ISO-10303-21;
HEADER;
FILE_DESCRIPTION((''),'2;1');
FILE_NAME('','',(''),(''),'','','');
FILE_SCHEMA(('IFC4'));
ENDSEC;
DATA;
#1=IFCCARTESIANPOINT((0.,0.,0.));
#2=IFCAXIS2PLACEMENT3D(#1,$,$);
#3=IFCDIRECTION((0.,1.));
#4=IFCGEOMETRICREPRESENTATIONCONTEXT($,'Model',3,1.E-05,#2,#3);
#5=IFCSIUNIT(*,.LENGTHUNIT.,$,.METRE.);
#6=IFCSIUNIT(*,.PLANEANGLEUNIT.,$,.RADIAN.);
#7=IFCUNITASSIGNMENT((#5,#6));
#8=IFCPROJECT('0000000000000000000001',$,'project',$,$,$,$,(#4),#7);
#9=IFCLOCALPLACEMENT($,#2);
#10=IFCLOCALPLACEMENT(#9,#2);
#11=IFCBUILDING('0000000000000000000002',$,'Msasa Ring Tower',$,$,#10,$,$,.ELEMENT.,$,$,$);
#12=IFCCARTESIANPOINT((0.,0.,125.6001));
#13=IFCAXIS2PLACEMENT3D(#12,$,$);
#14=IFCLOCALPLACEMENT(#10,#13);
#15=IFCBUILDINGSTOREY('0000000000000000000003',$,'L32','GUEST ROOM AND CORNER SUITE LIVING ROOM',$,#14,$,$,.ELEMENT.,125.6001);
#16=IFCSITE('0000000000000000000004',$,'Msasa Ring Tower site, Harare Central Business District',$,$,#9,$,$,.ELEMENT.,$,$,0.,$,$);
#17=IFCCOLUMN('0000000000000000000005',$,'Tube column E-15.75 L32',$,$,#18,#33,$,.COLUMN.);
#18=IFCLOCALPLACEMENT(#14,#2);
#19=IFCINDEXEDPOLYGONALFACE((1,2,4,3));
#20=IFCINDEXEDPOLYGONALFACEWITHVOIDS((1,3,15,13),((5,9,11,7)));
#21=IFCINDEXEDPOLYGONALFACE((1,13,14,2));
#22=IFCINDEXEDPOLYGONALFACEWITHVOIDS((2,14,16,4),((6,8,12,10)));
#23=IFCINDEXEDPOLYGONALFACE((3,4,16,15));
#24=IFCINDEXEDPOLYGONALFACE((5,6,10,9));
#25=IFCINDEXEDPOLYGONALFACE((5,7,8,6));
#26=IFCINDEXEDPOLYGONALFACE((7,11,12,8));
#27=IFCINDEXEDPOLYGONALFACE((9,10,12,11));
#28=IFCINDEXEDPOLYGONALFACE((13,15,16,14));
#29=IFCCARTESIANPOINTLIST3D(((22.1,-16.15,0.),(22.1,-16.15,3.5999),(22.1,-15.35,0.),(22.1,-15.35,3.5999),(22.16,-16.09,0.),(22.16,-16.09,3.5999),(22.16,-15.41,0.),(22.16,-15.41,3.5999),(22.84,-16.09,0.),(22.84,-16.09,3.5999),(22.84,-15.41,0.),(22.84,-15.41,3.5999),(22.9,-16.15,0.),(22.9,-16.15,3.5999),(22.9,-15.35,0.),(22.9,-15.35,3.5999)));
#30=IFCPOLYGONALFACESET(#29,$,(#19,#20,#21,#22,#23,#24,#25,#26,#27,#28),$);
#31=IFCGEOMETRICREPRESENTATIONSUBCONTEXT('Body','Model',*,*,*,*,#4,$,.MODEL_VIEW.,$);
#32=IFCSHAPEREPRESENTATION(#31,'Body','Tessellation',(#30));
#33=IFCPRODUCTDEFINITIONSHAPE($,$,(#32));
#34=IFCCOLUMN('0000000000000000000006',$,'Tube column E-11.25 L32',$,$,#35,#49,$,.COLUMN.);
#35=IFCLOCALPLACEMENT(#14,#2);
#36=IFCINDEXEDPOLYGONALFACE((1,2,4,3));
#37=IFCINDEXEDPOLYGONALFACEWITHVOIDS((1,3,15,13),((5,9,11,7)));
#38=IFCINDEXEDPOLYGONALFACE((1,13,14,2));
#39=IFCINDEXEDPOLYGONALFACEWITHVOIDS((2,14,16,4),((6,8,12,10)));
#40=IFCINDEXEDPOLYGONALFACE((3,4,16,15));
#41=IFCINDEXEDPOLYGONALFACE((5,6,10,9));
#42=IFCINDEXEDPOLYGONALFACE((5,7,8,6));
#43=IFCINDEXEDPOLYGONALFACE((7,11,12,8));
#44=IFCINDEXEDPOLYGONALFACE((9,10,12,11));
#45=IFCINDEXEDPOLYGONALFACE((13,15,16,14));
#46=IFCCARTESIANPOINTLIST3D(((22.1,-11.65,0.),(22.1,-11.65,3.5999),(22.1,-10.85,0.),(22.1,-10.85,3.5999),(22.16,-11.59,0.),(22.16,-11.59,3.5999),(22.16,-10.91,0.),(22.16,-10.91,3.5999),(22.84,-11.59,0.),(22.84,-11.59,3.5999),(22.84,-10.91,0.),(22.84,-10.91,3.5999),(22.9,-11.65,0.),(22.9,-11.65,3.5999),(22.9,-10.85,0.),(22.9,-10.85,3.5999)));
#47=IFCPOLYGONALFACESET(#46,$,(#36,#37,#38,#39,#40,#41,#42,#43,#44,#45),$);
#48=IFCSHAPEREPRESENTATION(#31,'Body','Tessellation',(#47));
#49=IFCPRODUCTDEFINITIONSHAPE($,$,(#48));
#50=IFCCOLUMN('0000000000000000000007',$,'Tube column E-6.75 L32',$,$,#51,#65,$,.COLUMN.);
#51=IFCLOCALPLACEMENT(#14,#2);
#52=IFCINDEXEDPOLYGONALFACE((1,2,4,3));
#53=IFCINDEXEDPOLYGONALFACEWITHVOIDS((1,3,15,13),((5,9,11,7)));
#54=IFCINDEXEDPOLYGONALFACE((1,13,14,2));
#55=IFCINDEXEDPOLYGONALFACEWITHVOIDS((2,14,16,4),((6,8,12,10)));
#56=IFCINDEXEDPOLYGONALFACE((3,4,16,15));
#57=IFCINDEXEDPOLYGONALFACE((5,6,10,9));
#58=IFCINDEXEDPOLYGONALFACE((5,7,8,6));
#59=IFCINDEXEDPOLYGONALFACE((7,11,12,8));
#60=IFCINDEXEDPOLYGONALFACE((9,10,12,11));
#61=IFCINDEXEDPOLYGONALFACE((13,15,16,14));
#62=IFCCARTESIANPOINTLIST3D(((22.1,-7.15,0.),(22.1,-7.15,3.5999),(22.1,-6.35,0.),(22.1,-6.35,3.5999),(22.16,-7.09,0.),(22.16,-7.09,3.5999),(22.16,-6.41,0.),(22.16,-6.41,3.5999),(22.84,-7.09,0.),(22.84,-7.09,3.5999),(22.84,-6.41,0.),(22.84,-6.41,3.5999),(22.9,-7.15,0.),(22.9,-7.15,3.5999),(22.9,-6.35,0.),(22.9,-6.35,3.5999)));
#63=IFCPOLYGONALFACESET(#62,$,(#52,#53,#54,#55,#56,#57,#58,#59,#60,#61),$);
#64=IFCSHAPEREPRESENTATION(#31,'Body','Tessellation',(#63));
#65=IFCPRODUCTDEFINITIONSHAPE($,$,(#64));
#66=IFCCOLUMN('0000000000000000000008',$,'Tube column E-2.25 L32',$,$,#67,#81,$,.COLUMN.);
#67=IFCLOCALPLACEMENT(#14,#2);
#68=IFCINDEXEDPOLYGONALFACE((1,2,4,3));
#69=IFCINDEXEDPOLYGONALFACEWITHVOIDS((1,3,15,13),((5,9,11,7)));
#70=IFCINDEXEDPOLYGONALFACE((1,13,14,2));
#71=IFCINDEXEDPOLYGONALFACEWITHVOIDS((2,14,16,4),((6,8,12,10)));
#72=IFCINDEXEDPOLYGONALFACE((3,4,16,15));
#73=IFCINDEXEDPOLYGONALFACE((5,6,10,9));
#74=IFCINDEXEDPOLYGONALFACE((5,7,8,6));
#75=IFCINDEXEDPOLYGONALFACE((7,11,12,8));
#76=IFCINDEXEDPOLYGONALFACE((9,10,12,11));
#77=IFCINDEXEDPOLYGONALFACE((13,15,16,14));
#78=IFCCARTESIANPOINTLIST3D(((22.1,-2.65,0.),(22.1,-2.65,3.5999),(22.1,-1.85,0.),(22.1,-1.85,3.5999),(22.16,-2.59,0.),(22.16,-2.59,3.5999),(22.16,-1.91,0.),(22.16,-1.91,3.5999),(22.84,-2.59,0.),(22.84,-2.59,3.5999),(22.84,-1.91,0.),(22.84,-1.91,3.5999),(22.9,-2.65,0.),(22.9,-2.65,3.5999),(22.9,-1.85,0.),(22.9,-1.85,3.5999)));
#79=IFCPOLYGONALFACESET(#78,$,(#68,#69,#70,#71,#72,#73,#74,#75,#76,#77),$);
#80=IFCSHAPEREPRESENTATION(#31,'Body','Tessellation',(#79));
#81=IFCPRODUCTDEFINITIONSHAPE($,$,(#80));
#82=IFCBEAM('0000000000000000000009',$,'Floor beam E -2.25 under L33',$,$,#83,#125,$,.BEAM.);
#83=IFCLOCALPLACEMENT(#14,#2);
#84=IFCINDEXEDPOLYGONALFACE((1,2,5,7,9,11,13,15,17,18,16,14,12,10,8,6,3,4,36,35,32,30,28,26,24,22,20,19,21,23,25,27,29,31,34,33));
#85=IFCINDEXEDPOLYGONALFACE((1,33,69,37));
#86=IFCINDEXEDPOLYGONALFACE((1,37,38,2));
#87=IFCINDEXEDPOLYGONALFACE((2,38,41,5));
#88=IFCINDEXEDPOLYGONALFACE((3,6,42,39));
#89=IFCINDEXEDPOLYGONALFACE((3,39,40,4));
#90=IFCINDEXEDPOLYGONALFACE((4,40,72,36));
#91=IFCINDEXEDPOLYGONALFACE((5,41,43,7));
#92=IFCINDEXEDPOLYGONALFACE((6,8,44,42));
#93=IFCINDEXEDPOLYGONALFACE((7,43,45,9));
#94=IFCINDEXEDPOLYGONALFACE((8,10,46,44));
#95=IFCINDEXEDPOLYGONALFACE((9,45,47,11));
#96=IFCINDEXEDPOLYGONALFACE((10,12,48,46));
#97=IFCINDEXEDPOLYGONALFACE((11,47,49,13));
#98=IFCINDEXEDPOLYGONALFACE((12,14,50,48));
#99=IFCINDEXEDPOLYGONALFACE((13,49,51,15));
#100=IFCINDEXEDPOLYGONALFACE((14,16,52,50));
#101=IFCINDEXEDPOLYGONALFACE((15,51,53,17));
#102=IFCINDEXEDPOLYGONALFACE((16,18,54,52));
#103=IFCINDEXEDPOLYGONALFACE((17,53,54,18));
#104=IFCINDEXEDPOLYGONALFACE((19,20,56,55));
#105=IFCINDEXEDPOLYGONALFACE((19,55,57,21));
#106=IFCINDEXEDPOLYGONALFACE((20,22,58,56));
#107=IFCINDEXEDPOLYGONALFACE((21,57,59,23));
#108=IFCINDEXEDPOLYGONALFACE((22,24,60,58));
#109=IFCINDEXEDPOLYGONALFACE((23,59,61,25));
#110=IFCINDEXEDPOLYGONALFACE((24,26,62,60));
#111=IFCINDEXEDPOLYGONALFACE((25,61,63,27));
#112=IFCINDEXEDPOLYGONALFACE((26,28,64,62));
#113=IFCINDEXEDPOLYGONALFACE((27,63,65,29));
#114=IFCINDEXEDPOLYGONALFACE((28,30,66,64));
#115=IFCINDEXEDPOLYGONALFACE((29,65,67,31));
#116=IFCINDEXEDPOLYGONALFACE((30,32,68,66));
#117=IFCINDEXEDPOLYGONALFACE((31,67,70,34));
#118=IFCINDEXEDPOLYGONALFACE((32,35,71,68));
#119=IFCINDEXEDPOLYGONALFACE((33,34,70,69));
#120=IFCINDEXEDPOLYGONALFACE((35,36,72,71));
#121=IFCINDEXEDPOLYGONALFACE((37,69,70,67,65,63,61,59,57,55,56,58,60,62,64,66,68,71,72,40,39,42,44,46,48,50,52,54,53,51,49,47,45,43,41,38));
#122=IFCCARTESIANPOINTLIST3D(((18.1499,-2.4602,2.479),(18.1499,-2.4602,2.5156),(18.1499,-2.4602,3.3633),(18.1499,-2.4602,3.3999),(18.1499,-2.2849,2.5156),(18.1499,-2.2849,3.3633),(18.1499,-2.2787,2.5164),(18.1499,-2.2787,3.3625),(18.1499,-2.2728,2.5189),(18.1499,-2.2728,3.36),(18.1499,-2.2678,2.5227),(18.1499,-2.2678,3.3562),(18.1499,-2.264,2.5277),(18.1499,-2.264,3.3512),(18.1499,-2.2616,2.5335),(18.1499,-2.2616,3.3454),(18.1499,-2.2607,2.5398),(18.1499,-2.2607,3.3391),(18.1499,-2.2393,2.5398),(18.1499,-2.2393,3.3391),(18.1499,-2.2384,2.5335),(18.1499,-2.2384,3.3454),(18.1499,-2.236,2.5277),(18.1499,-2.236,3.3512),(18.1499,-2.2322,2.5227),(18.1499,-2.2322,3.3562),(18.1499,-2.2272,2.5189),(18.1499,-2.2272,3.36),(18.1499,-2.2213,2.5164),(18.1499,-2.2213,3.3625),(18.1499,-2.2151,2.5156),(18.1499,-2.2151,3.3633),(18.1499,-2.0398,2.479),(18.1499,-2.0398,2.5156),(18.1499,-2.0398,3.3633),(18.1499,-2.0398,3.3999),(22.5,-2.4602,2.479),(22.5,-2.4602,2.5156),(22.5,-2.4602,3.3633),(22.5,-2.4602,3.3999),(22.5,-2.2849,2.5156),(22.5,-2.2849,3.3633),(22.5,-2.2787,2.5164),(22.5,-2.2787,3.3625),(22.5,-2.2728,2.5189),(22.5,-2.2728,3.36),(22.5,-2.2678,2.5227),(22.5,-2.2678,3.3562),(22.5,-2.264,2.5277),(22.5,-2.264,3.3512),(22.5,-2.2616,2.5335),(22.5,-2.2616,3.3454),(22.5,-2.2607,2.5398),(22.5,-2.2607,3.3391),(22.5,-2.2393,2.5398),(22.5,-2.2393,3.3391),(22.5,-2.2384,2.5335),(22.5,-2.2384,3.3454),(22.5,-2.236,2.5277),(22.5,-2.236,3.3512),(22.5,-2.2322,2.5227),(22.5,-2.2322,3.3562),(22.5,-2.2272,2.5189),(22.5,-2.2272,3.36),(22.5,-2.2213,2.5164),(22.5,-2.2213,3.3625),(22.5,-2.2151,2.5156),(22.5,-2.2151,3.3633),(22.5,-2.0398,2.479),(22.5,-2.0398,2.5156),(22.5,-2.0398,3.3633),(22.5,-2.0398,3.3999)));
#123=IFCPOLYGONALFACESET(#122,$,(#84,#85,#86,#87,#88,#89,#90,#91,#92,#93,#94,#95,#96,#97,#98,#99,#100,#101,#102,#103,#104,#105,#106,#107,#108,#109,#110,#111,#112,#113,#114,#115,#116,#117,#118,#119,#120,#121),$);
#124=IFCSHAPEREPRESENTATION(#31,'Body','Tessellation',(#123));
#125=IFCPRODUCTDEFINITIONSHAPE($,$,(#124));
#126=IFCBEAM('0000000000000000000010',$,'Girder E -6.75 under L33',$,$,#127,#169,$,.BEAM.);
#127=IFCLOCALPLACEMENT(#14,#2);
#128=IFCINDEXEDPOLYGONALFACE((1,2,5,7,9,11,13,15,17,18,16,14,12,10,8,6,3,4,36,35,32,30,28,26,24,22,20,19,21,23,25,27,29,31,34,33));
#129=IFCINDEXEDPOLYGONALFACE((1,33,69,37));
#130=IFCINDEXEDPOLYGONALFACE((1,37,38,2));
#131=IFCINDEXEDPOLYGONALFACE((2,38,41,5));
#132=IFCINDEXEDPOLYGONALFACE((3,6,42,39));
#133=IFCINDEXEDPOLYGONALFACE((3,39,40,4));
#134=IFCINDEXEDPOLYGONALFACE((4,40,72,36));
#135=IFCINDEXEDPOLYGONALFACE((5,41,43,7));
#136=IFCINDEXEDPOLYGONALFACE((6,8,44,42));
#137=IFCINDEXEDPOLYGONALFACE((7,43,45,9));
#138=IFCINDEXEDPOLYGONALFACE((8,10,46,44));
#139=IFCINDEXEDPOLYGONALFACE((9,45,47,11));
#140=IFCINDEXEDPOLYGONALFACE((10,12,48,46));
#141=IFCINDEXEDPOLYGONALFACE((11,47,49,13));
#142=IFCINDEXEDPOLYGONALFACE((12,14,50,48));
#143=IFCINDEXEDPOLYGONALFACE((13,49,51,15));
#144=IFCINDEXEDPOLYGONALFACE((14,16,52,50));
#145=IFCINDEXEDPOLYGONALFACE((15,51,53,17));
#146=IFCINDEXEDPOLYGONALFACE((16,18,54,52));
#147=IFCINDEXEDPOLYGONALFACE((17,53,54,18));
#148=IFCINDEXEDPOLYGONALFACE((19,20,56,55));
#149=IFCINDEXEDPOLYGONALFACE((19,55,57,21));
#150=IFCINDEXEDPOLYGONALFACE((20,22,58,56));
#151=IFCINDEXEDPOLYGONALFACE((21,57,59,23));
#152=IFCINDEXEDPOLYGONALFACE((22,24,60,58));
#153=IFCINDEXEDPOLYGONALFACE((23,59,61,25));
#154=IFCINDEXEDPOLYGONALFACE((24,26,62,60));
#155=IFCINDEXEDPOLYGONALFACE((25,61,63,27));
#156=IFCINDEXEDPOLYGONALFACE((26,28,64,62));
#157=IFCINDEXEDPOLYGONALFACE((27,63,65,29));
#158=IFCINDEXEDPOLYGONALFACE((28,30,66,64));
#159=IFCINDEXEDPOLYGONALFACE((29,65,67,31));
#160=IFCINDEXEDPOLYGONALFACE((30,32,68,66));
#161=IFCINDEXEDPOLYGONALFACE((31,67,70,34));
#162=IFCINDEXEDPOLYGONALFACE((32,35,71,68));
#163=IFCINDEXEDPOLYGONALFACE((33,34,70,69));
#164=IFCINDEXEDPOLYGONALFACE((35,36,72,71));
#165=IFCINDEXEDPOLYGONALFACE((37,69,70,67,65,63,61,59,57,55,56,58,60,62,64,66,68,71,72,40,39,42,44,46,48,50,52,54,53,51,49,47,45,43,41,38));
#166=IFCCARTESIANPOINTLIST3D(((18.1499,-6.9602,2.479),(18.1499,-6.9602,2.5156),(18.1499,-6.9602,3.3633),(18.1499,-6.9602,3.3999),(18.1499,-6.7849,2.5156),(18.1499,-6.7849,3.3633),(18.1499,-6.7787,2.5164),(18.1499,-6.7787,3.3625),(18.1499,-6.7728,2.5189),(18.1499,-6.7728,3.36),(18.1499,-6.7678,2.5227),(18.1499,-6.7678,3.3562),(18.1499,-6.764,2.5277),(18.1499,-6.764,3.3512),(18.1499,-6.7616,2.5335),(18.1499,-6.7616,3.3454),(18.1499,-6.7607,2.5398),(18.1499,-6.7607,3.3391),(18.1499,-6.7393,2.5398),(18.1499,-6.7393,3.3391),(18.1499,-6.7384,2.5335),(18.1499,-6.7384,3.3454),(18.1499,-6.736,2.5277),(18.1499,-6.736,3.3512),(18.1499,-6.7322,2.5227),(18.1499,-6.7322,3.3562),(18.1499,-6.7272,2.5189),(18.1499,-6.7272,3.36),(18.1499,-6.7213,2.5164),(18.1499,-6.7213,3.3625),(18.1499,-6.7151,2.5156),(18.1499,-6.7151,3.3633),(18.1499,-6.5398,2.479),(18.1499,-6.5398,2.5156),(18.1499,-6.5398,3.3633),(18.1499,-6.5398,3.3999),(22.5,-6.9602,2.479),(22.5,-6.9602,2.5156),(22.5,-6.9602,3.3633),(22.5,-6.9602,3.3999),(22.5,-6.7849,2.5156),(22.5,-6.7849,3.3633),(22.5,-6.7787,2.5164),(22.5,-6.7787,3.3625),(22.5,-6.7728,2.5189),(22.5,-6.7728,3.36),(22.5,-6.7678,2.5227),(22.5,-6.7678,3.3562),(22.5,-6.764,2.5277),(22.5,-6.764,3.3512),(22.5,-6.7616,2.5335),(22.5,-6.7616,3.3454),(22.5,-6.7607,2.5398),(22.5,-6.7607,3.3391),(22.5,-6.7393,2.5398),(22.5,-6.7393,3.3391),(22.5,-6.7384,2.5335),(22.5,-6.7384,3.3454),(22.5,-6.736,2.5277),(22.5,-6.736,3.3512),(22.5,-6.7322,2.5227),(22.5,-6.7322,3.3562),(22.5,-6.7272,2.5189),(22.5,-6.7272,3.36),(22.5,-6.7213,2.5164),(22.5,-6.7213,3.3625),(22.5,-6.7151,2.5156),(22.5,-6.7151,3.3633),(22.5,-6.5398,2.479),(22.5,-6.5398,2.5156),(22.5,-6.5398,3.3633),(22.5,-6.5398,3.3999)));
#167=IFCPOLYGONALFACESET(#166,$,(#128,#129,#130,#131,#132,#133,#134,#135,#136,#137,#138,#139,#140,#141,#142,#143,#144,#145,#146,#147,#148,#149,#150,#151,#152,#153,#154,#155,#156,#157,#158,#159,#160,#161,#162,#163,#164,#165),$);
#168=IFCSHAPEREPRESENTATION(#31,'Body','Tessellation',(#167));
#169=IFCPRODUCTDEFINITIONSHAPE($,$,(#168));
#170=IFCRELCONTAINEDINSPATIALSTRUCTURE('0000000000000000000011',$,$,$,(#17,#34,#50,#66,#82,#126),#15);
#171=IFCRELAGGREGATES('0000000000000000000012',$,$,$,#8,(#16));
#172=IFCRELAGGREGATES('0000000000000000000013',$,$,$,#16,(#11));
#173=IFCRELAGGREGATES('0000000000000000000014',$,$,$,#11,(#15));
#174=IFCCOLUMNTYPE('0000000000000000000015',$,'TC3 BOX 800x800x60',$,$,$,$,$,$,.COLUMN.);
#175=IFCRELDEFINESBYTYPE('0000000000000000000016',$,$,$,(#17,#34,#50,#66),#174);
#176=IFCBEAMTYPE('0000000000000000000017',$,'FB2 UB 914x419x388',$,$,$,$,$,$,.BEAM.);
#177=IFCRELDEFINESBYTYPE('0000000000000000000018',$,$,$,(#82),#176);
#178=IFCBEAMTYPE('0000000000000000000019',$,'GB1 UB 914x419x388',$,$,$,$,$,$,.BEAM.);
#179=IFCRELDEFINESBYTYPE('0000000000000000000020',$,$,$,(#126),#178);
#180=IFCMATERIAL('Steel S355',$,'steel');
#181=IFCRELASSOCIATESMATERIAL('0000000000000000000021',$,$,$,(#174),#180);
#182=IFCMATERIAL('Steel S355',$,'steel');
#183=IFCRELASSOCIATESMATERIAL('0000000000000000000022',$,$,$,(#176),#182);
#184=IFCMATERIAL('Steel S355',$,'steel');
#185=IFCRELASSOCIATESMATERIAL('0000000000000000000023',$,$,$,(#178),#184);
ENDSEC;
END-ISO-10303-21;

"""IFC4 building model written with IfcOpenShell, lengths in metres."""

from ifc_helpers import new_model, si_unit, direction, frame, origin, origin_2d, place, context, subcontext, project, spatial, hollow_rectangle, i_section, extrude, material, material_profile, profile_set, type_object, element, save


model = new_model("IFC4")

# Units and contexts
model_context = context("Model", 3, precision=1e-05, world=origin(), true_north=direction((0.0, 1.0)))
body_context = subcontext(model_context, "Body", "Model", "MODEL_VIEW")
ifc_project = project(units=[si_unit("LENGTHUNIT", "METRE"), si_unit("PLANEANGLEUNIT", "RADIAN")], contexts=[model_context])

# Site, building, storey
site_placement = place(None, origin())
site = spatial("IfcSite", under=ifc_project, at=site_placement, Name="Msasa Ring Tower site, Harare Central Business District", CompositionType="ELEMENT", RefElevation=0.0)
building_placement = place(site_placement, origin())
building = spatial("IfcBuilding", under=site, at=building_placement, Name="Msasa Ring Tower", CompositionType="ELEMENT")
storey_placement = place(building_placement, frame((0.0, 0.0, 125.6001)))
storey = spatial("IfcBuildingStorey", under=building, at=storey_placement, Name="L32", Description="GUEST ROOM AND CORNER SUITE LIVING ROOM", CompositionType="ELEMENT", Elevation=125.6001)

# Columns
ifc_material_1 = material(Name="Steel S355", Category="steel")
ifc_material_profile_1 = material_profile(ifc_material_1, hollow_rectangle(XDim=0.8, YDim=0.8, WallThickness=0.0601, at=origin_2d()), Name="BOX 800x800x60")
ifc_profile_set_1 = profile_set([ifc_material_profile_1], Name="Steel S355")
column_type = type_object("IfcColumnType", Name="TC3 BOX 800x800x60", PredefinedType="COLUMN", material=ifc_profile_set_1)
for number, where, z_axis, x_axis, name in (
    (1, (22.5, -15.75, 0.0), (0.0, 0.0, 1.0), (1.0, 0.0, 0.0), "Tube column E-15.75 L32"),
    (2, (22.5, -11.25, 0.0), (0.0, 0.0, 1.0), (1.0, 0.0, 0.0), "Tube column E-11.25 L32"),
    (3, (22.5, -6.75, 0.0), (0.0, 0.0, 1.0), (1.0, 0.0, 0.0), "Tube column E-6.75 L32"),
    (4, (22.5, -2.25, 0.0), (0.0, 0.0, 1.0), (1.0, 0.0, 0.0), "Tube column E-2.25 L32"),
):
    element("IfcColumn", number, at=place(storey_placement, frame(where, z_axis=z_axis, x_axis=x_axis)), inside=storey, type_object=column_type, Name=name, PredefinedType="COLUMN", context=body_context, shape_type="SweptSolid", body=[
        extrude(hollow_rectangle(XDim=0.8, YDim=0.8, WallThickness=0.0601, at=origin_2d()), origin(), (0.0, 0.0, 1.0), 3.5999),
    ])

# Beams
ifc_material_2 = material(Name="Steel S355", Category="steel")
ifc_material_profile_2 = material_profile(ifc_material_2, i_section(OverallWidth=0.4204, OverallDepth=0.9209, WebThickness=0.0215, FlangeThickness=0.0366, FilletRadius=0.0242, at=origin_2d()), Name="UB 914x419x388")
ifc_profile_set_2 = profile_set([ifc_material_profile_2], Name="Steel S355")
beam_type_1 = type_object("IfcBeamType", Name="FB2 UB 914x419x388", PredefinedType="BEAM", material=ifc_profile_set_2)
beam_1_placement = place(storey_placement, frame((22.5, -2.25, 2.9395), z_axis=(-1.0, 0.0, 0.0), x_axis=(0.0, -1.0, 0.0)))
element("IfcBeam", 5, at=beam_1_placement, inside=storey, type_object=beam_type_1, Name="Floor beam E -2.25 under L33", PredefinedType="BEAM", context=body_context, shape_type="SweptSolid", body=[
    extrude(i_section(OverallWidth=0.4204, OverallDepth=0.9209, WebThickness=0.0215, FlangeThickness=0.0366, FilletRadius=0.0242, at=origin_2d()), origin(), (0.0, 0.0, 1.0), 4.3501),
])
ifc_material_3 = material(Name="Steel S355", Category="steel")
ifc_material_profile_3 = material_profile(ifc_material_3, i_section(OverallWidth=0.4204, OverallDepth=0.9209, WebThickness=0.0215, FlangeThickness=0.0366, FilletRadius=0.0242, at=origin_2d()), Name="UB 914x419x388")
ifc_profile_set_3 = profile_set([ifc_material_profile_3], Name="Steel S355")
beam_type_2 = type_object("IfcBeamType", Name="GB1 UB 914x419x388", PredefinedType="BEAM", material=ifc_profile_set_3)
beam_2_placement = place(storey_placement, frame((18.1499, -6.75, 2.9395), z_axis=(1.0, 0.0, 0.0), x_axis=(0.0, 1.0, 0.0)))
element("IfcBeam", 6, at=beam_2_placement, inside=storey, type_object=beam_type_2, Name="Girder E -6.75 under L33", PredefinedType="BEAM", context=body_context, shape_type="SweptSolid", body=[
    extrude(i_section(OverallWidth=0.4204, OverallDepth=0.9209, WebThickness=0.0215, FlangeThickness=0.0366, FilletRadius=0.0242, at=origin_2d()), origin(), (0.0, 0.0, 1.0), 4.3501),
])

save(model, "model.ifc")
